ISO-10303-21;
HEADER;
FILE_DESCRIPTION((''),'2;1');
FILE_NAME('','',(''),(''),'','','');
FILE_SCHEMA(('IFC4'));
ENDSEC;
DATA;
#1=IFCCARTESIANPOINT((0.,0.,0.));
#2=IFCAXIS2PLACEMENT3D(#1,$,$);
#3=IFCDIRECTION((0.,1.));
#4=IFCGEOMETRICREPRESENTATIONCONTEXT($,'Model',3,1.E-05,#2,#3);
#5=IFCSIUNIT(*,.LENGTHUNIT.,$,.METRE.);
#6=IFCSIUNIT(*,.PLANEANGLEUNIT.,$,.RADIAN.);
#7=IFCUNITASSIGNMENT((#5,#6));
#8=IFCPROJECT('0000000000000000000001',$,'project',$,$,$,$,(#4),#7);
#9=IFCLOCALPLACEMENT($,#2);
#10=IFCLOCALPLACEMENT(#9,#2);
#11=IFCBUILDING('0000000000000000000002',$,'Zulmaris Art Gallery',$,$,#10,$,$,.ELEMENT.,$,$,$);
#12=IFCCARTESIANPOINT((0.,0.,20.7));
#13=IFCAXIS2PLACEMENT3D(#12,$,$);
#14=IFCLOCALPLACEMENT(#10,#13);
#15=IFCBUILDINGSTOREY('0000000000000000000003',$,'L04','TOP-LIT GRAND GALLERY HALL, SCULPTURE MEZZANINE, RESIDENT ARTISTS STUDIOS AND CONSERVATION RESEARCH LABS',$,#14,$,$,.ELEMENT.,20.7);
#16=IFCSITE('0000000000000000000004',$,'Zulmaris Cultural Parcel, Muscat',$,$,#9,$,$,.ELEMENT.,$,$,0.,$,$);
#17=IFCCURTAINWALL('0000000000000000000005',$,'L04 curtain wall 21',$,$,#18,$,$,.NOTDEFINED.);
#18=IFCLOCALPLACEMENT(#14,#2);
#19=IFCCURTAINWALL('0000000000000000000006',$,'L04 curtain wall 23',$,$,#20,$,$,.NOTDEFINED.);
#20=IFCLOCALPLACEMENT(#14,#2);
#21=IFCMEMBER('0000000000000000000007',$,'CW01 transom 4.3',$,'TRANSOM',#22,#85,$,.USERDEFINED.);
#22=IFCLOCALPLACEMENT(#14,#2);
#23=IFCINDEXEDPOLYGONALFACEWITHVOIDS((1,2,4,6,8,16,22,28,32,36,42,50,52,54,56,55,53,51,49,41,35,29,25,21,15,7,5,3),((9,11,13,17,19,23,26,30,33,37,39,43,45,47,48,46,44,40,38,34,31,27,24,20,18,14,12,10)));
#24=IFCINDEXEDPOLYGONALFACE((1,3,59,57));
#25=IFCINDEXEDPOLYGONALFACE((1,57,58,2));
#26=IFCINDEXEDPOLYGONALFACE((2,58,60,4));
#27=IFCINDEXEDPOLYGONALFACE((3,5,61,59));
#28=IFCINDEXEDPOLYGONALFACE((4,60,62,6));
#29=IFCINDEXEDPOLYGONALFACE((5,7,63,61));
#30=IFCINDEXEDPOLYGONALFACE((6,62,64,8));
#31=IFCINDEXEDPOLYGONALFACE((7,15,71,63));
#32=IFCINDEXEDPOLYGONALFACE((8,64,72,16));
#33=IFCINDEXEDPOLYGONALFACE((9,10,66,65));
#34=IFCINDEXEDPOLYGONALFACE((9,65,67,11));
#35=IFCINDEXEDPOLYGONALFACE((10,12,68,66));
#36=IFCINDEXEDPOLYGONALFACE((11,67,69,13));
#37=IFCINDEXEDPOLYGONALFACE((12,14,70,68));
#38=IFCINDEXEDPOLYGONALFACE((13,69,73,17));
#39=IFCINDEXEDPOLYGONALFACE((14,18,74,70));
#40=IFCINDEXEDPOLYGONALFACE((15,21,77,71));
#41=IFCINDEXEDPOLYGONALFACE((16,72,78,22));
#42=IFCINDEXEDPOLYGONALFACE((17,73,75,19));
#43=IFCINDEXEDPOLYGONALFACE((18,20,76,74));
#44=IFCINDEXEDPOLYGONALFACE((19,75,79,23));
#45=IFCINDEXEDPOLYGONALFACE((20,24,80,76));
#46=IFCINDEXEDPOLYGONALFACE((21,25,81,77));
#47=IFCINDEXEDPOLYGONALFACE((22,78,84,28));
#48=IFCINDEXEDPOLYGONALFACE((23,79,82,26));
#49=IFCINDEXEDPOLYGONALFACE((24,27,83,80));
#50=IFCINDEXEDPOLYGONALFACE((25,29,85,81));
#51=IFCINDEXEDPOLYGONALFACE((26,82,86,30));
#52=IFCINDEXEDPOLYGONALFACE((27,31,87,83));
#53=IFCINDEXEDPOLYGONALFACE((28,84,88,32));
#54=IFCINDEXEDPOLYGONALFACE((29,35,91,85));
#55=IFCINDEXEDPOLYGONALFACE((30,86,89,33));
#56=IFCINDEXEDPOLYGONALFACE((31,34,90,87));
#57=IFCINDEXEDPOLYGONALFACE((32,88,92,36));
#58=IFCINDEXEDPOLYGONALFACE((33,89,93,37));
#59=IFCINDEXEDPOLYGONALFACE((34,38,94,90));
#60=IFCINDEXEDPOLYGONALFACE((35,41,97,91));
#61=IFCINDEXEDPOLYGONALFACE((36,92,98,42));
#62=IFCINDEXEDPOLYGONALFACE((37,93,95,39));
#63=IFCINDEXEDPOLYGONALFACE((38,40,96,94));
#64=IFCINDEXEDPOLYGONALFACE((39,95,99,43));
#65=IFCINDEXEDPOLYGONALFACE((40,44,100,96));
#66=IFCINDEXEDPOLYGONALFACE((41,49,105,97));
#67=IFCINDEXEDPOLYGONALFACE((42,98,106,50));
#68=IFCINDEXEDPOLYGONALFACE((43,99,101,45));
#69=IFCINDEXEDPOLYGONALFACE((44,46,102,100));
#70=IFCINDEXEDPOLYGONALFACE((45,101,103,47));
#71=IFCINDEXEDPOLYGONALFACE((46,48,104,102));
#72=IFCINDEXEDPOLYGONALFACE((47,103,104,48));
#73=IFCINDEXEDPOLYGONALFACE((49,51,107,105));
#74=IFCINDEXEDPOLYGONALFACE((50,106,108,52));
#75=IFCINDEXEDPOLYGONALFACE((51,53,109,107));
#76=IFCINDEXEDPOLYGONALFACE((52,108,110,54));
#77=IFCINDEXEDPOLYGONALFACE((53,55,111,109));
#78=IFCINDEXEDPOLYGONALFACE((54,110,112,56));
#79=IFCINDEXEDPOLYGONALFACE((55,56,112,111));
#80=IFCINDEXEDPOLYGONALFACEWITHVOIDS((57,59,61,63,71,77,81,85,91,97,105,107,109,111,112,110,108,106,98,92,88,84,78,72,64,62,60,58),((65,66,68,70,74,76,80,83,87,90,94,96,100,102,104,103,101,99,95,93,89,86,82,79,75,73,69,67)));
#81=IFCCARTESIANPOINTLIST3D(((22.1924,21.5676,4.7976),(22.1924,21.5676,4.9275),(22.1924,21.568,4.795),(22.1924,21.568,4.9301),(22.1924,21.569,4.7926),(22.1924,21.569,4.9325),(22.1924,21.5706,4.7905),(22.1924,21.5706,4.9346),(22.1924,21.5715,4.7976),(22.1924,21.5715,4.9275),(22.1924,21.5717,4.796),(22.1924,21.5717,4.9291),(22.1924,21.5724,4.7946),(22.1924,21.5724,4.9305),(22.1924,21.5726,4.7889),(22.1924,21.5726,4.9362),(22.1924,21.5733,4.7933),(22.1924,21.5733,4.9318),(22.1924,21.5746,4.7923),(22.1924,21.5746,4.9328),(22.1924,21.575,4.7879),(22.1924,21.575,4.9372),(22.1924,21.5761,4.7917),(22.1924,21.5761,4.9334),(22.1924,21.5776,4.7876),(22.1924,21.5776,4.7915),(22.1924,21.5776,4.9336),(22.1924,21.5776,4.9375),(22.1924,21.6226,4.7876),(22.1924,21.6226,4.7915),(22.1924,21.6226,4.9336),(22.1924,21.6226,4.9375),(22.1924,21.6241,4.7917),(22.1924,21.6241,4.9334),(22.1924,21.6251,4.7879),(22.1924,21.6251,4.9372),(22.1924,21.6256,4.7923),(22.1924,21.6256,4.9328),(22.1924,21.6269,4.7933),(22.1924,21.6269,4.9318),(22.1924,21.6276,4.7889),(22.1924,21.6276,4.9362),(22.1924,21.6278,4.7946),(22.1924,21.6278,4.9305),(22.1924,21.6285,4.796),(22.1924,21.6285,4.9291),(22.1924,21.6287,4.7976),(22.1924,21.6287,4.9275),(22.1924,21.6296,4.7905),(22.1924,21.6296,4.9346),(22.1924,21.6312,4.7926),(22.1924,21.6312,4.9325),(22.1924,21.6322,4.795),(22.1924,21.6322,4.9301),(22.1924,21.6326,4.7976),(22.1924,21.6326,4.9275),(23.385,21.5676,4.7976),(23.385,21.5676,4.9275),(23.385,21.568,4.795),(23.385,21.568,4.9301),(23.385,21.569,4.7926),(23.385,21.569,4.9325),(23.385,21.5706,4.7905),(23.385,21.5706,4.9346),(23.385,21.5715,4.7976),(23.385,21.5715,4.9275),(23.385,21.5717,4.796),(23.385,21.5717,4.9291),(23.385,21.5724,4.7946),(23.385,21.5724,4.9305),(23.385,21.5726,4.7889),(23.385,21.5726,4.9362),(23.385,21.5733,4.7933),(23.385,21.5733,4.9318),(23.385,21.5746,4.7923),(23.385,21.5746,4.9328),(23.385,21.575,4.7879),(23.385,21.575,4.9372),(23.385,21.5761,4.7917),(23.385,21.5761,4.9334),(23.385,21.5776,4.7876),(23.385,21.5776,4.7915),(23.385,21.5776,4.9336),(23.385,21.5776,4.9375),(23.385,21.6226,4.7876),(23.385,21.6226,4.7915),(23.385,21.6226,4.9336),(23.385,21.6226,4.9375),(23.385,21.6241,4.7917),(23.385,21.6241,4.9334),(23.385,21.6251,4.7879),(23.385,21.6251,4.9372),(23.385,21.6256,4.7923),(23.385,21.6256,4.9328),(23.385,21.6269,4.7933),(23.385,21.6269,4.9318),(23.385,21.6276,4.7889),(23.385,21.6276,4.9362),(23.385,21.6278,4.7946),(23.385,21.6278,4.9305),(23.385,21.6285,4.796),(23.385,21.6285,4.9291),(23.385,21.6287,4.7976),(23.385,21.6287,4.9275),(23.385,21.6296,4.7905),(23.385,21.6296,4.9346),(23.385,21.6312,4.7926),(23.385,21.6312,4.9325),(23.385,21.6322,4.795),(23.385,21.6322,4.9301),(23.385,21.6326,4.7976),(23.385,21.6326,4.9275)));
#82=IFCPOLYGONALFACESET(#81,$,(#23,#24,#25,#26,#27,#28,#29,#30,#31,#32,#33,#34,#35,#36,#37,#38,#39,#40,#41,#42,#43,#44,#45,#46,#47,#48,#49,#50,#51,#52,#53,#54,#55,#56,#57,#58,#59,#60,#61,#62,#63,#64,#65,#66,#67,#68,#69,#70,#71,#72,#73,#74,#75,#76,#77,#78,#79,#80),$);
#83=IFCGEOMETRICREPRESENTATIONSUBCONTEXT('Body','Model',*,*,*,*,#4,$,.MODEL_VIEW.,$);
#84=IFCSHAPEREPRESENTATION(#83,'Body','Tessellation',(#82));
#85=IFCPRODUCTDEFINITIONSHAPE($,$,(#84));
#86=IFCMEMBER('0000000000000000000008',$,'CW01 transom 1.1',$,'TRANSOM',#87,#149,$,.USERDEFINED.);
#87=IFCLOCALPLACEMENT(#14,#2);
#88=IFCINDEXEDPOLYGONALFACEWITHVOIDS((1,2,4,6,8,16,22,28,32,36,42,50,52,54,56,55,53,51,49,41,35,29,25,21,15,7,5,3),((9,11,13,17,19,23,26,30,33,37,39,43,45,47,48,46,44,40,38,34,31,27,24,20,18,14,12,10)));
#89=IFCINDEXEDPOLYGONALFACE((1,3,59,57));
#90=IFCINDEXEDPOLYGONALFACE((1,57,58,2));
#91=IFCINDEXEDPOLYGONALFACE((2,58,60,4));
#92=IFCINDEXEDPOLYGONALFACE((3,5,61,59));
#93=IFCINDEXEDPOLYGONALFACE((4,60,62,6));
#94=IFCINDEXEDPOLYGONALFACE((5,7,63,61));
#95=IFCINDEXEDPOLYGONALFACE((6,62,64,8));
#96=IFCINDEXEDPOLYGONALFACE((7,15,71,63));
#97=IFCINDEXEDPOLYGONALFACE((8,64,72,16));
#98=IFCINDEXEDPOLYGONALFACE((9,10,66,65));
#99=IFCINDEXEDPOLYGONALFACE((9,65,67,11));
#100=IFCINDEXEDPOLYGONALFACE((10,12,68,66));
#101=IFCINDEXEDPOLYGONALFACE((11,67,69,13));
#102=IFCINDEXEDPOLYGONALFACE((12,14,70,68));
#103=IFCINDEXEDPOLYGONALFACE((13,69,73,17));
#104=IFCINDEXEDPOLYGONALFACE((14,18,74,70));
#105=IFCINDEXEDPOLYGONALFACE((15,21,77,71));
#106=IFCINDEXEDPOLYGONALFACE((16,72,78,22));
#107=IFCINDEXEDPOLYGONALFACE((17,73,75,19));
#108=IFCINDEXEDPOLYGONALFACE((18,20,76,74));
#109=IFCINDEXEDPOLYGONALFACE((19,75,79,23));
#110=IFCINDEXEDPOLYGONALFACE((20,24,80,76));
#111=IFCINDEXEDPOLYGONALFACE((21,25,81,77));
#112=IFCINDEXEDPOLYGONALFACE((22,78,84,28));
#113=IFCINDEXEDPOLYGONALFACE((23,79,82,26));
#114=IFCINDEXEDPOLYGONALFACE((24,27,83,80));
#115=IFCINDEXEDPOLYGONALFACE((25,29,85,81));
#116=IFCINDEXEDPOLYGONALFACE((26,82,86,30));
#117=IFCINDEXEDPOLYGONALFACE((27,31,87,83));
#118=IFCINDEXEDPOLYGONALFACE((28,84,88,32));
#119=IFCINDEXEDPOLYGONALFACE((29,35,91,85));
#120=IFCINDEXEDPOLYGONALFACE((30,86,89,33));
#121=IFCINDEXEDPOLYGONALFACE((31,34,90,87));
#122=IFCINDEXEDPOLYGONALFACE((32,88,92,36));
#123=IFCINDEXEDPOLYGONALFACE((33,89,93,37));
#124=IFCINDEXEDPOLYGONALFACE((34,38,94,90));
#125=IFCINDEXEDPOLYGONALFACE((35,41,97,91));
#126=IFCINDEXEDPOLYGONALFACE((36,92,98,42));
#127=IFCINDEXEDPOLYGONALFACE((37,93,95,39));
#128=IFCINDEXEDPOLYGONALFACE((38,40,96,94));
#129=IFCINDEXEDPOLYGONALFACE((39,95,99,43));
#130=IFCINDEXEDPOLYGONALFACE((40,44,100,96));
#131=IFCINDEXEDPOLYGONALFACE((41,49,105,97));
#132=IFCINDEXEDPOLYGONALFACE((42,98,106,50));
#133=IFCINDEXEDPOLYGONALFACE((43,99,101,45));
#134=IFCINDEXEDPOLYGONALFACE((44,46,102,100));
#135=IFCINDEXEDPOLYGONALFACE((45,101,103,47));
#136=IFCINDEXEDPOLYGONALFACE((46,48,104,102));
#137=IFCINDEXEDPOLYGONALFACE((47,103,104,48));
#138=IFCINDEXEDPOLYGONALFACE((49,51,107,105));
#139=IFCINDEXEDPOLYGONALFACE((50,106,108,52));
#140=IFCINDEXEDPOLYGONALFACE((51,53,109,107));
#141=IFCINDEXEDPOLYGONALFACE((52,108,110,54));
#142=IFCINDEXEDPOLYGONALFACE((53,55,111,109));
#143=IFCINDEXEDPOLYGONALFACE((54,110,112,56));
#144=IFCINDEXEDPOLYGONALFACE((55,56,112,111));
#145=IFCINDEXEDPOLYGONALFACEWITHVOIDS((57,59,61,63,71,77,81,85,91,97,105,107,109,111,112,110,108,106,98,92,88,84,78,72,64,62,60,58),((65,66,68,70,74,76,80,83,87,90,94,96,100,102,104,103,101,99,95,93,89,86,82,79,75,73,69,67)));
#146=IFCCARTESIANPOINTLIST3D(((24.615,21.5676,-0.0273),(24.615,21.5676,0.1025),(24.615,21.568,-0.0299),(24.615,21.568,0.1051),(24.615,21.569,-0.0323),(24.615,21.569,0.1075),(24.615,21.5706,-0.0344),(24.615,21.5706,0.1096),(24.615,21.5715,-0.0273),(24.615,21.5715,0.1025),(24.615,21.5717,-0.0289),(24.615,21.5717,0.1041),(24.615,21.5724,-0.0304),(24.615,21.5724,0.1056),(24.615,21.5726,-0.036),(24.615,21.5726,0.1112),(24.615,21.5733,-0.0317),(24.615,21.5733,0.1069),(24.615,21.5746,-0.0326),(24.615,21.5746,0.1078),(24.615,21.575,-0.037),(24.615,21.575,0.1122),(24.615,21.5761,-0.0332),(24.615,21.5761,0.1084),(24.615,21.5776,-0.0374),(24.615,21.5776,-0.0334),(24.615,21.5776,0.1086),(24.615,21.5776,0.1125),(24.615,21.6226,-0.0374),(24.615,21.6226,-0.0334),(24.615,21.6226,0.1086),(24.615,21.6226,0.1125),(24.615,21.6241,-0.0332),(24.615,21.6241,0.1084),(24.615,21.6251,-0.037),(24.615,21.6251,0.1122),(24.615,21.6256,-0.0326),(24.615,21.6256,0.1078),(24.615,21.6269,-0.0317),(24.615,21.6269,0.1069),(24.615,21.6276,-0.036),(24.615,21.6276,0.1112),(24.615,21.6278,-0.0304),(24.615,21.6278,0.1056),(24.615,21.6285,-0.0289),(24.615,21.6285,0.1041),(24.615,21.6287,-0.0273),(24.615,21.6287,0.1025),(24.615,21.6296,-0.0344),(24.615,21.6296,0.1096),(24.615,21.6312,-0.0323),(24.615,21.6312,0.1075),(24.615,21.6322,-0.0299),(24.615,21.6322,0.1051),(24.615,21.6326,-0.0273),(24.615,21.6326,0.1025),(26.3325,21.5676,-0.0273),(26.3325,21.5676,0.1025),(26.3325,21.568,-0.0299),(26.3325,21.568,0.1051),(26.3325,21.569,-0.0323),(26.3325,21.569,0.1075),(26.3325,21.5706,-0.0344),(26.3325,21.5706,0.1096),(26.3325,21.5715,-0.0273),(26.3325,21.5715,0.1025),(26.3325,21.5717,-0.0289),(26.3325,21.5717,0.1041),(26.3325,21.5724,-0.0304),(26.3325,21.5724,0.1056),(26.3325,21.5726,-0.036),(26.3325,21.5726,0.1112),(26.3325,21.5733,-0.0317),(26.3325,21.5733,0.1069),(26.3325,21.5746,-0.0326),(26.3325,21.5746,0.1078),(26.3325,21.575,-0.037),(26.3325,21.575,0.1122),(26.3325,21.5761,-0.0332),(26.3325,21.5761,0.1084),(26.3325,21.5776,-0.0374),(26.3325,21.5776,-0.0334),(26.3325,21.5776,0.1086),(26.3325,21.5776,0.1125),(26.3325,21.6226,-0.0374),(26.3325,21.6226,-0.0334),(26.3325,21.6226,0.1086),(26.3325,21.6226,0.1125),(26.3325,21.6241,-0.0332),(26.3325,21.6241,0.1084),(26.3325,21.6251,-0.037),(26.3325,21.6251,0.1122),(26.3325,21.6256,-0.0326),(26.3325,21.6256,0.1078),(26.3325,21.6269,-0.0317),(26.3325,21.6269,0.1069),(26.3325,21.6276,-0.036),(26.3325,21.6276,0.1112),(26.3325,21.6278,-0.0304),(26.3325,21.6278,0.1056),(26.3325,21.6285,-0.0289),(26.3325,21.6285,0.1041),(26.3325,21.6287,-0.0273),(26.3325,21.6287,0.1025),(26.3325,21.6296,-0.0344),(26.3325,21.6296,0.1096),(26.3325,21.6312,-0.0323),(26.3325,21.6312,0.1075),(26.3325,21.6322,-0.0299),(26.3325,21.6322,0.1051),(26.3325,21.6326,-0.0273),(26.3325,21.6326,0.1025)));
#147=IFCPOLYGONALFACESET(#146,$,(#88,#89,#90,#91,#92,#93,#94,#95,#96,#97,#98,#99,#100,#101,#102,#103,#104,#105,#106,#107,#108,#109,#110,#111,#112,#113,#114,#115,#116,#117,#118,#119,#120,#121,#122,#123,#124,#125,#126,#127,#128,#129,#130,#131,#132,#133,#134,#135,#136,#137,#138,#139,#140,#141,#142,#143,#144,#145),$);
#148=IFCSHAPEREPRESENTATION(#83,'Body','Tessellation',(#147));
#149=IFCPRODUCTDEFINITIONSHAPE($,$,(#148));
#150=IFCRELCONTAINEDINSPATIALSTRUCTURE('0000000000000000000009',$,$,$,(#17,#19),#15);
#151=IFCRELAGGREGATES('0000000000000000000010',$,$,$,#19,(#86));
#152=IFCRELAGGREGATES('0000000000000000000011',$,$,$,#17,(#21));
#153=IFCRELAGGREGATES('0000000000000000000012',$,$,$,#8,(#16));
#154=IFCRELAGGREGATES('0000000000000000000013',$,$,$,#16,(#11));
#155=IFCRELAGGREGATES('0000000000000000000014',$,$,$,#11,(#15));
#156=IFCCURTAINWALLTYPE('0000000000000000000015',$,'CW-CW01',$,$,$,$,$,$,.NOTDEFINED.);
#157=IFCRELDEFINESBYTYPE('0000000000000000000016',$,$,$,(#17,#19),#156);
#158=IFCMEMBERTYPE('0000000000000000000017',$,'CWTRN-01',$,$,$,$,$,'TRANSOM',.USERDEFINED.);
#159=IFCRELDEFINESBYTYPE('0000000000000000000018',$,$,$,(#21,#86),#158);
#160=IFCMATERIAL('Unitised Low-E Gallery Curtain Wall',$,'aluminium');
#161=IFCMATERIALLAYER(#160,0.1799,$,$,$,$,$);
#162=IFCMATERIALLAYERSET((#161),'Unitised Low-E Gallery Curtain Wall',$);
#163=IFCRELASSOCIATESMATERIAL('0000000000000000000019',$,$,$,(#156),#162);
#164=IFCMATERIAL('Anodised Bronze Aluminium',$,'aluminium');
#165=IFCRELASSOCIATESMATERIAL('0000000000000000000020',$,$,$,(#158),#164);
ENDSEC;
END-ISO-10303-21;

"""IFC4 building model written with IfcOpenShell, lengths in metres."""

from ifc_helpers import new_model, si_unit, direction, frame, origin, origin_2d, place, context, subcontext, project, spatial, hollow_rectangle, extrude, material, layer, layer_set, material_profile, profile_set, type_object, element, aggregate, save


model = new_model("IFC4")

# Units and contexts
model_context = context("Model", 3, precision=1e-05, world=origin(), true_north=direction((0.0, 1.0)))
body_context = subcontext(model_context, "Body", "Model", "MODEL_VIEW")
ifc_project = project(units=[si_unit("LENGTHUNIT", "METRE"), si_unit("PLANEANGLEUNIT", "RADIAN")], contexts=[model_context])

# Site, building, storey
site_placement = place(None, origin())
site = spatial("IfcSite", under=ifc_project, at=site_placement, Name="Zulmaris Cultural Parcel, Muscat", CompositionType="ELEMENT", RefElevation=0.0)
building_placement = place(site_placement, origin())
building = spatial("IfcBuilding", under=site, at=building_placement, Name="Zulmaris Art Gallery", CompositionType="ELEMENT")
storey_placement = place(building_placement, frame((0.0, 0.0, 20.7)))
storey = spatial("IfcBuildingStorey", under=building, at=storey_placement, Name="L04", Description="TOP-LIT GRAND GALLERY HALL, SCULPTURE MEZZANINE, RESIDENT ARTISTS STUDIOS AND CONSERVATION RESEARCH LABS", CompositionType="ELEMENT", Elevation=20.7)

# Curtain wall
ifc_material_1 = material(Name="Unitised Low-E Gallery Curtain Wall", Category="aluminium")
ifc_layer_1 = layer(ifc_material_1, 0.1799)
ifc_layer_set_1 = layer_set([ifc_layer_1], Name="Unitised Low-E Gallery Curtain Wall")
curtain_wall_type_1 = type_object("IfcCurtainWallType", Name="CW-CW01", PredefinedType="NOTDEFINED", material=ifc_layer_set_1)
curtain_wall_1_placement = place(storey_placement, origin())
curtain_wall_1 = element("IfcCurtainWall", 1, at=curtain_wall_1_placement, inside=storey, type_object=curtain_wall_type_1, Name="L04 curtain wall 21", PredefinedType="NOTDEFINED")
ifc_material_2 = material(Name="Anodised Bronze Aluminium", Category="aluminium")

# Curtain wall
curtain_wall_2_placement = place(storey_placement, origin())
curtain_wall_2 = element("IfcCurtainWall", 2, at=curtain_wall_2_placement, inside=storey, type_object=curtain_wall_type_1, Name="L04 curtain wall 23", PredefinedType="NOTDEFINED")

# Members
ifc_material_profile_1 = material_profile(ifc_material_2, hollow_rectangle(XDim=0.0649, YDim=0.1499, WallThickness=0.0039, InnerFilletRadius=0.0061, OuterFilletRadius=0.01, at=origin_2d()), Name="ALU 65x150x4")
ifc_profile_set_1 = profile_set([ifc_material_profile_1], Name="Anodised Bronze Aluminium")
member_type_1 = type_object("IfcMemberType", Name="CWTRN-01", ElementType="TRANSOM", PredefinedType="USERDEFINED", material=ifc_profile_set_1)
member_1_placement = place(storey_placement, frame((22.1924, 21.6001, 4.8625), z_axis=(1.0, 0.0, 0.0), x_axis=(0.0, 1.0, 0.0)))
member_1 = element("IfcMember", 3, at=member_1_placement, type_object=member_type_1, Name="CW01 transom 4.3", ObjectType="TRANSOM", PredefinedType="USERDEFINED", context=body_context, shape_type="SweptSolid", body=[
    extrude(hollow_rectangle(XDim=0.0649, YDim=0.1499, WallThickness=0.0039, InnerFilletRadius=0.0061, OuterFilletRadius=0.01, at=origin_2d()), origin(), (0.0, 0.0, 1.0), 1.1926),
])
member_2_placement = place(storey_placement, frame((24.615, 21.6001, 0.0376), z_axis=(1.0, 0.0, 0.0), x_axis=(0.0, 1.0, 0.0)))
member_2 = element("IfcMember", 4, at=member_2_placement, type_object=member_type_1, Name="CW01 transom 1.1", ObjectType="TRANSOM", PredefinedType="USERDEFINED", context=body_context, shape_type="SweptSolid", body=[
    extrude(hollow_rectangle(XDim=0.0649, YDim=0.1499, WallThickness=0.0039, InnerFilletRadius=0.0061, OuterFilletRadius=0.01, at=origin_2d()), origin(), (0.0, 0.0, 1.0), 1.7175),
])
aggregate(curtain_wall_2, [member_2])

aggregate(curtain_wall_1, [member_1])

save(model, "model.ifc")
